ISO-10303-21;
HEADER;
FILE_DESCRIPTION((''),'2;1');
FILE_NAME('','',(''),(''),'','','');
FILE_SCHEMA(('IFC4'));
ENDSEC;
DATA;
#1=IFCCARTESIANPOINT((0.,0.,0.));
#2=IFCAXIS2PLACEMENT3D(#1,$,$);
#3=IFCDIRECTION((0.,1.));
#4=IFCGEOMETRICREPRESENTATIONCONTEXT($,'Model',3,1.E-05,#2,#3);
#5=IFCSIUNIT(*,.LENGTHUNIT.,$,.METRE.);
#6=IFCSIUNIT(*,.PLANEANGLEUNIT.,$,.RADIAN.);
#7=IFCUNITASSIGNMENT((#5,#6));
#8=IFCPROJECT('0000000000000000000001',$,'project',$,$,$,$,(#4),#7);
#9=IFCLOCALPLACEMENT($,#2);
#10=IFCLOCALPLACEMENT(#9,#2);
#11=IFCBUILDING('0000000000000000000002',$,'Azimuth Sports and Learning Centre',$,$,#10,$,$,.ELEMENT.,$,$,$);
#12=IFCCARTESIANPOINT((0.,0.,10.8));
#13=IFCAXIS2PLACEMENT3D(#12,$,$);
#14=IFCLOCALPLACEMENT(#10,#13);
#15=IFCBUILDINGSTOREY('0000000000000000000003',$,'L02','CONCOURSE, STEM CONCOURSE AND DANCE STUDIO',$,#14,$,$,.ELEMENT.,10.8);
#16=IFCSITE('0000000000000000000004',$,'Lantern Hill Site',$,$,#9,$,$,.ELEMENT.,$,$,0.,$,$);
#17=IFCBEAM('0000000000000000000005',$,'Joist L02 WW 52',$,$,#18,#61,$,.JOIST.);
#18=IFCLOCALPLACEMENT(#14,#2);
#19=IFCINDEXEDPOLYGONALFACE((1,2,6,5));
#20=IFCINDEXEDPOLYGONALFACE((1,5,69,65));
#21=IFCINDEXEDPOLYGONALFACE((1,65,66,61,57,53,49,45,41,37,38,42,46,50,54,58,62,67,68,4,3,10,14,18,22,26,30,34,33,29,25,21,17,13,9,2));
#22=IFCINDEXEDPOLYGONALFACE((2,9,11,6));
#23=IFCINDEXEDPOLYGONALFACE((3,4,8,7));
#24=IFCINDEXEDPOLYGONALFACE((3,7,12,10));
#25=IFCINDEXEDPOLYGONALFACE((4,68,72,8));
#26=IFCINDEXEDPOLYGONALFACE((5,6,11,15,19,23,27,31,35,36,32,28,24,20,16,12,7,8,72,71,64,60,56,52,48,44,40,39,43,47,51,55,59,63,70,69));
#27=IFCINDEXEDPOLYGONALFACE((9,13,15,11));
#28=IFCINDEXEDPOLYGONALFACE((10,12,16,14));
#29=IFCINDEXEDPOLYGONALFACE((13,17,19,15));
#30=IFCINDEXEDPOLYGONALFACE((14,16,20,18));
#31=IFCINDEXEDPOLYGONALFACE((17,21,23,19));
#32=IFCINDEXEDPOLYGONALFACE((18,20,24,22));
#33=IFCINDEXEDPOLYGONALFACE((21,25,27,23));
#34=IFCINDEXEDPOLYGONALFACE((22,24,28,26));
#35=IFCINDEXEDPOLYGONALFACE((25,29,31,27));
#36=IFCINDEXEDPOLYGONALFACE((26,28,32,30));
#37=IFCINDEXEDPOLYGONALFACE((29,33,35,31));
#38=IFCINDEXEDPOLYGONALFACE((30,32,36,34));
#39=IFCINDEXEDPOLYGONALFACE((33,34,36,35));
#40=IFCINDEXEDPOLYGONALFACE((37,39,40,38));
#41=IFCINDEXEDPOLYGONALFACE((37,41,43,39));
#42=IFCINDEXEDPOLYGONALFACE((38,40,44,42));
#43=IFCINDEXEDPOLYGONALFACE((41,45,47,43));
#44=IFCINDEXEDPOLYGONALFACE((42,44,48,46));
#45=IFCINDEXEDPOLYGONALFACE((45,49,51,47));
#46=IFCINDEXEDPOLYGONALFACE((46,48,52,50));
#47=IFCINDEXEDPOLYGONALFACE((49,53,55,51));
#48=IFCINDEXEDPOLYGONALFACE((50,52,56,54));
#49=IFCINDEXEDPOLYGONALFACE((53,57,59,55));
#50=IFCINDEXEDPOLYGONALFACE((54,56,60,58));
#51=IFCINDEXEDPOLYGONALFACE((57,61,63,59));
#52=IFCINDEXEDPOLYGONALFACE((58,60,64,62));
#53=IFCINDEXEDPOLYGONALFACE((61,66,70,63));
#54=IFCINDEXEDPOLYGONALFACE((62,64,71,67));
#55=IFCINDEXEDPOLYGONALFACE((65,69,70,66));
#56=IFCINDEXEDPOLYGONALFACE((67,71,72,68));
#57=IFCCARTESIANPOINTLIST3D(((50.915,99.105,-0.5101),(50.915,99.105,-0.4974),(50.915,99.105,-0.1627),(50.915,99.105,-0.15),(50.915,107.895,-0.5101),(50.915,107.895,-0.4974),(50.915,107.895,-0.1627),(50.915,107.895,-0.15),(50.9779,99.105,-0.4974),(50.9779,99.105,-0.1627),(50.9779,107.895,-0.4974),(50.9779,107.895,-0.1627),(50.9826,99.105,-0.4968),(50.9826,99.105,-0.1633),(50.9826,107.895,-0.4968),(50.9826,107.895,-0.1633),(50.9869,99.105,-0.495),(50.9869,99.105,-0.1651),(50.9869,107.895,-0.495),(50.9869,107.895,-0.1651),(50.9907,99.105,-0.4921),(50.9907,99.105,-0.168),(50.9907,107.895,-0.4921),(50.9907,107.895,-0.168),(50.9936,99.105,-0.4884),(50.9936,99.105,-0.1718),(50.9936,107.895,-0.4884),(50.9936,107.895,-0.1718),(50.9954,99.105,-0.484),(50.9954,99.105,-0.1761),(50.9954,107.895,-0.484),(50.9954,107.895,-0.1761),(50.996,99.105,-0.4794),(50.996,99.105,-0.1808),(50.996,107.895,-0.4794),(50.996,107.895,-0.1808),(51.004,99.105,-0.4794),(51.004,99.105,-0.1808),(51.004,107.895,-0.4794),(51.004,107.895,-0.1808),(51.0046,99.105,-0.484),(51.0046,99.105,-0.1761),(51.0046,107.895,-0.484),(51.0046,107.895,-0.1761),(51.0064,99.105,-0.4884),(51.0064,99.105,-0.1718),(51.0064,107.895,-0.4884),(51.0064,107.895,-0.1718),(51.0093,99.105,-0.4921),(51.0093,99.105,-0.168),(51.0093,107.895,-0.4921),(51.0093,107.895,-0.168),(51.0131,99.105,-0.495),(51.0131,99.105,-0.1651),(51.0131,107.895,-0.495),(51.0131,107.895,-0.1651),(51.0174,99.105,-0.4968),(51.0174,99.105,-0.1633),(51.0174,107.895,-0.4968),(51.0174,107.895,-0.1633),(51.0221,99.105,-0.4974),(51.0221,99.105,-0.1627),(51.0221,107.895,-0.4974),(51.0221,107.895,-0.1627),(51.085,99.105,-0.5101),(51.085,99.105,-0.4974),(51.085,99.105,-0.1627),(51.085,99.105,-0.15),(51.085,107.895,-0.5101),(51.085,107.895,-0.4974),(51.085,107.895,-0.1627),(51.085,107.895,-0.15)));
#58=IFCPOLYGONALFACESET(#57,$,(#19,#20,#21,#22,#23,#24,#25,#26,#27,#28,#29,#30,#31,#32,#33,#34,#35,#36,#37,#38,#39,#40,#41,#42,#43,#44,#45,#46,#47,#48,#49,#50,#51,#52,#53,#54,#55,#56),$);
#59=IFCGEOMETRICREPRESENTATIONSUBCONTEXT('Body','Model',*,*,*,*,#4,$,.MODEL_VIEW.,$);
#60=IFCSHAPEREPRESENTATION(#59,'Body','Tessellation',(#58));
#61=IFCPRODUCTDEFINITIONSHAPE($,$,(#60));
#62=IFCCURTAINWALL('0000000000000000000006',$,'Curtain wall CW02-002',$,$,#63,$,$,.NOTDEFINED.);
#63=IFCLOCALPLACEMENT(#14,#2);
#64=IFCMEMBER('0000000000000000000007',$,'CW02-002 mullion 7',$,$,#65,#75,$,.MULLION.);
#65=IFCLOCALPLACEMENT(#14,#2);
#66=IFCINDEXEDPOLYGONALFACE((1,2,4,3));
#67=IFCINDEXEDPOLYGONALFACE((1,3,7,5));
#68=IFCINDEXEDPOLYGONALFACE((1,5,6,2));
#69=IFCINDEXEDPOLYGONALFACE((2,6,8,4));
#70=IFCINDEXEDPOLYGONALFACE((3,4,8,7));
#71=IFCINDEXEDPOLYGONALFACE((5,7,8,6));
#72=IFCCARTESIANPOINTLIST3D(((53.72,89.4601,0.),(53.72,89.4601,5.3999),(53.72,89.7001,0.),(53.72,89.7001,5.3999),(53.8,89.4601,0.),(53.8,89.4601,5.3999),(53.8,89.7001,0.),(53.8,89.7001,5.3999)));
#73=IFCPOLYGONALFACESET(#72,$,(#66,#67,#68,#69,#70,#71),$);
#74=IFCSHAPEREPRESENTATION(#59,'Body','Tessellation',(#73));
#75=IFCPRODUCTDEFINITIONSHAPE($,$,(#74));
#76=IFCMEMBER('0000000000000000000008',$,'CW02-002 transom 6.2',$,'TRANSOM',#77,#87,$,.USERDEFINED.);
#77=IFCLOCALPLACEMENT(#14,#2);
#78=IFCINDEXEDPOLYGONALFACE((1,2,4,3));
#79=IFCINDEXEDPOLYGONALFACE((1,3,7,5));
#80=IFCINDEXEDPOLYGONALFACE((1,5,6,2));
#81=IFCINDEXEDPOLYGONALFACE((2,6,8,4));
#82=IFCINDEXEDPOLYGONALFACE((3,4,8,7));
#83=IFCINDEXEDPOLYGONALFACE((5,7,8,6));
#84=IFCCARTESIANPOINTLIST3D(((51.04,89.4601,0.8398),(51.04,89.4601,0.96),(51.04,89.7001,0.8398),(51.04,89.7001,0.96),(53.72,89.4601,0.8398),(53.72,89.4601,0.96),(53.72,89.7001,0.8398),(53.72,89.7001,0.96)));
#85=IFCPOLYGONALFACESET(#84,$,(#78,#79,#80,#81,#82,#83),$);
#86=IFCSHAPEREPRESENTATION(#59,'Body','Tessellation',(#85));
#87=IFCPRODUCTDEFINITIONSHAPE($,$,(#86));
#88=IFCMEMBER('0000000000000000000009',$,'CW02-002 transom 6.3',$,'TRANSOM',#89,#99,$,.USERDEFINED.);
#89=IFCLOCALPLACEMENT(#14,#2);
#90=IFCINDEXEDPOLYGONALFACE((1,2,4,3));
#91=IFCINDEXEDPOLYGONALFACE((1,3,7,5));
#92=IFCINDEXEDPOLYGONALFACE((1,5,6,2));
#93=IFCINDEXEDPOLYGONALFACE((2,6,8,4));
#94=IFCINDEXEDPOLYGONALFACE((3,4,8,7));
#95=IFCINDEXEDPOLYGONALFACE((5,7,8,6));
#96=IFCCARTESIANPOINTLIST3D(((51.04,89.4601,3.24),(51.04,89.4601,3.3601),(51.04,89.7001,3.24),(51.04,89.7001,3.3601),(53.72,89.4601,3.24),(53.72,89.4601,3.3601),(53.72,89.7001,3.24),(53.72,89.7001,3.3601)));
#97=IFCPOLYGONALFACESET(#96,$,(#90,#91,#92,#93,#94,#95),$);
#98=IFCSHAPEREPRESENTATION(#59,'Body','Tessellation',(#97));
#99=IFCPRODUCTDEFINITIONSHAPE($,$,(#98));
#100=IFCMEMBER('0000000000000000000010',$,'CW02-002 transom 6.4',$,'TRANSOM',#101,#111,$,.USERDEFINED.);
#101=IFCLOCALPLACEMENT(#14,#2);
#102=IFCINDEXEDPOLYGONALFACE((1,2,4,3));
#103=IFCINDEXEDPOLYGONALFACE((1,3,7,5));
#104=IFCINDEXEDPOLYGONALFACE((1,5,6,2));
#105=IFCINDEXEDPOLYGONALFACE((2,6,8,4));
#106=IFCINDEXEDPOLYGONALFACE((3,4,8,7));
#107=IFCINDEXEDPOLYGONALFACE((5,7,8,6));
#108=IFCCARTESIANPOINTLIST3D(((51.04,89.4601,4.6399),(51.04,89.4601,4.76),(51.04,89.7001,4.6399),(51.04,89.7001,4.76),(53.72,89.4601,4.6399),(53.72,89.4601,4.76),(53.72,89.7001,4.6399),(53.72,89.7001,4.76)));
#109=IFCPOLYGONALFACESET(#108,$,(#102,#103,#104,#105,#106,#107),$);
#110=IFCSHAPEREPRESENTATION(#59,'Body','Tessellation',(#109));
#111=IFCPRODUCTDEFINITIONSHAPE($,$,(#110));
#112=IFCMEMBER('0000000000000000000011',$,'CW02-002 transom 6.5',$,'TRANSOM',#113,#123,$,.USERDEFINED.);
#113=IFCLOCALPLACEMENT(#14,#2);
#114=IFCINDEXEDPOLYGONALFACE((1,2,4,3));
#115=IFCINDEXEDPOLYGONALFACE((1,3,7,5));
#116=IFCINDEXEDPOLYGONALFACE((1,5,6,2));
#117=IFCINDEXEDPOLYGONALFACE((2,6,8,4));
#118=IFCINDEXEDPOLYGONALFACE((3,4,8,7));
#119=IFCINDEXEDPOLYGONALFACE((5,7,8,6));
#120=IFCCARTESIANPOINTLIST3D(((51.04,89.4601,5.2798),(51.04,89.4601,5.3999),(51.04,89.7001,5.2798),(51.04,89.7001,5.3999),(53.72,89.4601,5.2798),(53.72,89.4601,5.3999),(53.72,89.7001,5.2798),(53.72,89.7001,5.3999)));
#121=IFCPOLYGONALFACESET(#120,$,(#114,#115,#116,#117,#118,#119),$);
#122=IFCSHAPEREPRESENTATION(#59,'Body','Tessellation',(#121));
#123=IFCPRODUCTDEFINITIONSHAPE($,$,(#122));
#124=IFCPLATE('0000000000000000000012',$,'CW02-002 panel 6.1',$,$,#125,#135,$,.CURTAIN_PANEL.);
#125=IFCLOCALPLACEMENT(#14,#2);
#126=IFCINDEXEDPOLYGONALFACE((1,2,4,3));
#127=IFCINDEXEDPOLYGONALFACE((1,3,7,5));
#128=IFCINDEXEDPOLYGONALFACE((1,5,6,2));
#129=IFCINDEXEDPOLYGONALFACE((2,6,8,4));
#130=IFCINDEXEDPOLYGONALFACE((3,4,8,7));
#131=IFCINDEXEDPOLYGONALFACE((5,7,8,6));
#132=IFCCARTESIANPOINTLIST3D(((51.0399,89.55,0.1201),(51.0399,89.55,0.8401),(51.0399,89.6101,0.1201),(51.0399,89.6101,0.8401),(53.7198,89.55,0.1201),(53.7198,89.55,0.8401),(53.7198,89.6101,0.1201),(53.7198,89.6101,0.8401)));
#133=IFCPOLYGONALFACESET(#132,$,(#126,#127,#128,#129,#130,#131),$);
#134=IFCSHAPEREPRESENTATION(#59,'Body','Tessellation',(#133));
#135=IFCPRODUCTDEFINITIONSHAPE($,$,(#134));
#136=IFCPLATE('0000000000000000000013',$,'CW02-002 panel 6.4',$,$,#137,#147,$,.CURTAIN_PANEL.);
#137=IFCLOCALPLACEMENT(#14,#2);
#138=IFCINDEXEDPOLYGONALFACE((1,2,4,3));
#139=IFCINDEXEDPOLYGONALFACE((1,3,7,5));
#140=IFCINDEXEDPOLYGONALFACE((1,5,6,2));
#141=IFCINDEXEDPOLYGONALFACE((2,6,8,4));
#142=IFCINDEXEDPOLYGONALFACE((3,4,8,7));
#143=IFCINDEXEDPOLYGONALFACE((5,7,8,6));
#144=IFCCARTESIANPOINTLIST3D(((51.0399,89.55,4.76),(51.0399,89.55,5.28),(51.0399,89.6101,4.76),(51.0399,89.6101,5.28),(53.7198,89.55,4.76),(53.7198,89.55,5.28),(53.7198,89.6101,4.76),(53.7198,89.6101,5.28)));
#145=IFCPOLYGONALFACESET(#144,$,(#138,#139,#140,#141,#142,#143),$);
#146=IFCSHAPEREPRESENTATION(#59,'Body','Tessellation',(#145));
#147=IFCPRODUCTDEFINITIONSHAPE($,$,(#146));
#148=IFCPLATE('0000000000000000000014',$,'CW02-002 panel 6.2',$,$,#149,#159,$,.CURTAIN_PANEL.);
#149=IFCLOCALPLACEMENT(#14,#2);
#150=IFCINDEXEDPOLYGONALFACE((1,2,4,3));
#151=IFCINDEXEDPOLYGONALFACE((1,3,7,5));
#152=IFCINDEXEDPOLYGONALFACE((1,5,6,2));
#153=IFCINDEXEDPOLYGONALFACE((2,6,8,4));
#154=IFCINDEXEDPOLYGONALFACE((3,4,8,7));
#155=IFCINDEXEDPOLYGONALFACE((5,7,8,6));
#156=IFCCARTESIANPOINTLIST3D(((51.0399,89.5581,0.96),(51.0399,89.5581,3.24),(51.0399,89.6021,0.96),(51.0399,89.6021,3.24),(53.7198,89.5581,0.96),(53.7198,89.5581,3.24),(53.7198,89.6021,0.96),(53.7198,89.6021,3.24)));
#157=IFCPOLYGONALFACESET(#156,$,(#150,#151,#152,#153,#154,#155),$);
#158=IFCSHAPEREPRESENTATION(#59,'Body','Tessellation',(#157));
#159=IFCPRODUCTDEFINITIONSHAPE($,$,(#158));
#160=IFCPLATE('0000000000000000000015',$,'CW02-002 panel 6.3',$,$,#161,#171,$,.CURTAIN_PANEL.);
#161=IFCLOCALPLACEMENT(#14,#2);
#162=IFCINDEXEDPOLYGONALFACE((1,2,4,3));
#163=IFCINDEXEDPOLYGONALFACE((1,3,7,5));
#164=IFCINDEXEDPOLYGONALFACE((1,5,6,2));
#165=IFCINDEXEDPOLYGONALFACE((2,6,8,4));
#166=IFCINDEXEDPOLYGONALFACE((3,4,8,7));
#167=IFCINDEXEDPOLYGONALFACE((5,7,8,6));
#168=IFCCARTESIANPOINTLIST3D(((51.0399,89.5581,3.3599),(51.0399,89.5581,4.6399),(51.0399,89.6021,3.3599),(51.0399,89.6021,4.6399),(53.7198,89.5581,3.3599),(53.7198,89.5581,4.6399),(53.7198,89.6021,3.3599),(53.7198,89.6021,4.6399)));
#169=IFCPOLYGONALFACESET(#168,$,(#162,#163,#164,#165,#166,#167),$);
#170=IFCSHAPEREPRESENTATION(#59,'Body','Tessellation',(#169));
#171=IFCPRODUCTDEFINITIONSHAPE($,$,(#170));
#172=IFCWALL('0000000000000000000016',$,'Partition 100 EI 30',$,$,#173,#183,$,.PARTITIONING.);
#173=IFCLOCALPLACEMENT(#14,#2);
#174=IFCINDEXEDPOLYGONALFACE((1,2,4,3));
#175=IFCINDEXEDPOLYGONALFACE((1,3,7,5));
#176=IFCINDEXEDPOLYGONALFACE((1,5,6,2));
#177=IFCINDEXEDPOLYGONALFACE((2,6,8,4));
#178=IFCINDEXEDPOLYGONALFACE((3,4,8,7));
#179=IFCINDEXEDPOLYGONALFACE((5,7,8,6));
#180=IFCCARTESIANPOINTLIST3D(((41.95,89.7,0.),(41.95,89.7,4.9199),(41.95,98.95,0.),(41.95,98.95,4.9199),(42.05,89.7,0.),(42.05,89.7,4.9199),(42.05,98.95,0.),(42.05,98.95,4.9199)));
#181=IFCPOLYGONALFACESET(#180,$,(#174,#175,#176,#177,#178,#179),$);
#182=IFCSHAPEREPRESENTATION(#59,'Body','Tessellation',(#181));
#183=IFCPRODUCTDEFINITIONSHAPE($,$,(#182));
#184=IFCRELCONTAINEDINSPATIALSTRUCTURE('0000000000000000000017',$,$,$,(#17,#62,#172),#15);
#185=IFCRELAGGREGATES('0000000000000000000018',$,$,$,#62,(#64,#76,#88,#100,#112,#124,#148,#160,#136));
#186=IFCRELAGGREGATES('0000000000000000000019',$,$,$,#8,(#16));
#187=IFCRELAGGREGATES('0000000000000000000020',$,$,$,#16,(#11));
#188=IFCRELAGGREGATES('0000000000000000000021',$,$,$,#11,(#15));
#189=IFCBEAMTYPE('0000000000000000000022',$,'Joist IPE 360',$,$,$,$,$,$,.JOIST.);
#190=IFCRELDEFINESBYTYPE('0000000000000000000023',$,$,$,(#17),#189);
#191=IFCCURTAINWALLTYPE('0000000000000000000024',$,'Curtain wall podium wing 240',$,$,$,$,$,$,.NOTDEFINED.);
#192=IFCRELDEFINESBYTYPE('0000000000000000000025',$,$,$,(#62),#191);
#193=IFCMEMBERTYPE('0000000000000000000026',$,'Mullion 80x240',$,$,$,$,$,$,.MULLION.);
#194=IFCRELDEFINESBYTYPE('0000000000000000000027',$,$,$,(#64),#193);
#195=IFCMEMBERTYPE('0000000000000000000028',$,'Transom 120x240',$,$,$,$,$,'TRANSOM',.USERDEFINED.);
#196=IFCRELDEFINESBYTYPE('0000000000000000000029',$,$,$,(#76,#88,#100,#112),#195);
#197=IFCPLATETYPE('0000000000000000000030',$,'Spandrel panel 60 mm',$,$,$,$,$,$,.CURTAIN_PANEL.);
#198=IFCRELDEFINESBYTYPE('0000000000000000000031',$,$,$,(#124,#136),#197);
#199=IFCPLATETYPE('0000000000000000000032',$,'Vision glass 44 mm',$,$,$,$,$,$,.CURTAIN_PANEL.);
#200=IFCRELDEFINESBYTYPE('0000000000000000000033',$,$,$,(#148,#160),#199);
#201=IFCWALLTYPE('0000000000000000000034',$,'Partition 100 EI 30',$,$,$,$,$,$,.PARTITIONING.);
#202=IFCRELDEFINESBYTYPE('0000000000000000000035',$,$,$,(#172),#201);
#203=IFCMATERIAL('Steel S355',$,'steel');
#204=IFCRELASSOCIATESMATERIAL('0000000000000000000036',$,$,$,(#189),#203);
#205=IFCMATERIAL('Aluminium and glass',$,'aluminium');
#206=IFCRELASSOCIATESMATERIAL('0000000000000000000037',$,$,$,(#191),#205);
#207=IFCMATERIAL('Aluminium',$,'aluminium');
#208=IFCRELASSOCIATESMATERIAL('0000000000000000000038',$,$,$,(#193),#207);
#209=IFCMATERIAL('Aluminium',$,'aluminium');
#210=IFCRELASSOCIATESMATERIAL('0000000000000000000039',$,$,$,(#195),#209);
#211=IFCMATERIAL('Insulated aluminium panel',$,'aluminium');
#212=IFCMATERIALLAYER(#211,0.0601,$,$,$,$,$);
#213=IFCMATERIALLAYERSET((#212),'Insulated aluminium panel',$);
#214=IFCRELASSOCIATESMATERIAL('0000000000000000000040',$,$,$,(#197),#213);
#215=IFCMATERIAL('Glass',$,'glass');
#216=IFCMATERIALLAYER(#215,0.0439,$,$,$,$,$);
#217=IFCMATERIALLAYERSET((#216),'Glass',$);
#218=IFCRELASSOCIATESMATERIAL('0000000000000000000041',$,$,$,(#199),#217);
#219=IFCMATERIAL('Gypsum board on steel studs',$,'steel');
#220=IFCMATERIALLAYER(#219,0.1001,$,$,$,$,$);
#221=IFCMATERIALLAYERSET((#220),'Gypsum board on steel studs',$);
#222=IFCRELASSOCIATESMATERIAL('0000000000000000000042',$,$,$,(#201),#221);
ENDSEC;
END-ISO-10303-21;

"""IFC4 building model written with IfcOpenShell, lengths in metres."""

from ifc_helpers import new_model, si_unit, direction, frame, frame_2d, origin, origin_2d, place, context, subcontext, project, spatial, rectangle, i_section, extrude, material, layer, layer_set, material_profile, profile_set, type_object, element, aggregate, save


model = new_model("IFC4")

# Units and contexts
model_context = context("Model", 3, precision=1e-05, world=origin(), true_north=direction((0.0, 1.0)))
body_context = subcontext(model_context, "Body", "Model", "MODEL_VIEW")
ifc_project = project(units=[si_unit("LENGTHUNIT", "METRE"), si_unit("PLANEANGLEUNIT", "RADIAN")], contexts=[model_context])

# Site, building, storey
site_placement = place(None, origin())
site = spatial("IfcSite", under=ifc_project, at=site_placement, Name="Lantern Hill Site", CompositionType="ELEMENT", RefElevation=0.0)
building_placement = place(site_placement, origin())
building = spatial("IfcBuilding", under=site, at=building_placement, Name="Azimuth Sports and Learning Centre", CompositionType="ELEMENT")
storey_placement = place(building_placement, frame((0.0, 0.0, 10.8)))
storey = spatial("IfcBuildingStorey", under=building, at=storey_placement, Name="L02", Description="CONCOURSE, STEM CONCOURSE AND DANCE STUDIO", CompositionType="ELEMENT", Elevation=10.8)

# Beam
ifc_material_1 = material(Name="Steel S355", Category="steel")
ifc_material_profile_1 = material_profile(ifc_material_1, i_section(OverallWidth=0.1699, OverallDepth=0.3601, WebThickness=0.0081, FlangeThickness=0.0127, FilletRadius=0.0181, at=origin_2d()), Name="IPE 360")
ifc_profile_set_1 = profile_set([ifc_material_profile_1], Name="Steel S355")
beam_type_1 = type_object("IfcBeamType", Name="Joist IPE 360", PredefinedType="JOIST", material=ifc_profile_set_1)
beam_1_placement = place(storey_placement, frame((51.0, 99.105, -0.3301), z_axis=(0.0, 1.0, 0.0), x_axis=(-1.0, 0.0, 0.0)))
element("IfcBeam", 1, at=beam_1_placement, inside=storey, type_object=beam_type_1, Name="Joist L02 WW 52", PredefinedType="JOIST", context=body_context, shape_type="SweptSolid", body=[
    extrude(i_section(OverallWidth=0.1699, OverallDepth=0.3601, WebThickness=0.0081, FlangeThickness=0.0127, FilletRadius=0.0181, at=origin_2d()), origin(), (0.0, 0.0, 1.0), 8.79),
])

# Curtain wall, members, plates
ifc_material_2 = material(Name="Aluminium and glass", Category="aluminium")
curtain_wall_type = type_object("IfcCurtainWallType", Name="Curtain wall podium wing 240", PredefinedType="NOTDEFINED", material=ifc_material_2)
curtain_wall_placement = place(storey_placement, origin())
curtain_wall = element("IfcCurtainWall", 2, at=curtain_wall_placement, inside=storey, type_object=curtain_wall_type, Name="Curtain wall CW02-002", PredefinedType="NOTDEFINED")
ifc_material_3 = material(Name="Aluminium", Category="aluminium")
ifc_material_profile_2 = material_profile(ifc_material_3, rectangle(XDim=0.24, YDim=0.0801, at=origin_2d()), Name="Mullion 80x240")
ifc_profile_set_2 = profile_set([ifc_material_profile_2], Name="Aluminium")
member_type_1 = type_object("IfcMemberType", Name="Mullion 80x240", PredefinedType="MULLION", material=ifc_profile_set_2)
member_1_placement = place(storey_placement, frame((53.76, 89.5801, 0.0), z_axis=(0.0, 0.0, 1.0), x_axis=(0.0, 1.0, 0.0)))
member_1 = element("IfcMember", 3, at=member_1_placement, type_object=member_type_1, Name="CW02-002 mullion 7", PredefinedType="MULLION", context=body_context, shape_type="SweptSolid", body=[
    extrude(rectangle(XDim=0.24, YDim=0.0801, at=origin_2d()), origin(), (0.0, 0.0, 1.0), 5.3999),
])
ifc_material_4 = material(Name="Aluminium", Category="aluminium")
ifc_material_profile_3 = material_profile(ifc_material_4, rectangle(XDim=0.24, YDim=0.1201, at=origin_2d()), Name="Transom 120x240")
ifc_profile_set_3 = profile_set([ifc_material_profile_3], Name="Aluminium")
member_type_2 = type_object("IfcMemberType", Name="Transom 120x240", ElementType="TRANSOM", PredefinedType="USERDEFINED", material=ifc_profile_set_3)
member_2_placement = place(storey_placement, frame((51.04, 89.5801, 0.8999), z_axis=(1.0, 0.0, 0.0), x_axis=(0.0, 1.0, 0.0)))
member_2 = element("IfcMember", 4, at=member_2_placement, type_object=member_type_2, Name="CW02-002 transom 6.2", ObjectType="TRANSOM", PredefinedType="USERDEFINED", context=body_context, shape_type="SweptSolid", body=[
    extrude(rectangle(XDim=0.24, YDim=0.1201, at=origin_2d()), origin(), (0.0, 0.0, 1.0), 2.6799),
])
member_3_placement = place(storey_placement, frame((51.04, 89.5801, 3.3), z_axis=(1.0, 0.0, 0.0), x_axis=(0.0, 1.0, 0.0)))
member_3 = element("IfcMember", 5, at=member_3_placement, type_object=member_type_2, Name="CW02-002 transom 6.3", ObjectType="TRANSOM", PredefinedType="USERDEFINED", context=body_context, shape_type="SweptSolid", body=[
    extrude(rectangle(XDim=0.24, YDim=0.1201, at=origin_2d()), origin(), (0.0, 0.0, 1.0), 2.6799),
])
member_4_placement = place(storey_placement, frame((51.04, 89.5801, 4.7), z_axis=(1.0, 0.0, 0.0), x_axis=(0.0, 1.0, 0.0)))
member_4 = element("IfcMember", 6, at=member_4_placement, type_object=member_type_2, Name="CW02-002 transom 6.4", ObjectType="TRANSOM", PredefinedType="USERDEFINED", context=body_context, shape_type="SweptSolid", body=[
    extrude(rectangle(XDim=0.24, YDim=0.1201, at=origin_2d()), origin(), (0.0, 0.0, 1.0), 2.6799),
])
member_5_placement = place(storey_placement, frame((51.04, 89.5801, 5.3398), z_axis=(1.0, 0.0, 0.0), x_axis=(0.0, 1.0, 0.0)))
member_5 = element("IfcMember", 7, at=member_5_placement, type_object=member_type_2, Name="CW02-002 transom 6.5", ObjectType="TRANSOM", PredefinedType="USERDEFINED", context=body_context, shape_type="SweptSolid", body=[
    extrude(rectangle(XDim=0.24, YDim=0.1201, at=origin_2d()), origin(), (0.0, 0.0, 1.0), 2.6799),
])
ifc_material_5 = material(Name="Insulated aluminium panel", Category="aluminium")
ifc_layer_1 = layer(ifc_material_5, 0.0601)
ifc_layer_set_1 = layer_set([ifc_layer_1], Name="Insulated aluminium panel")
plate_type_1 = type_object("IfcPlateType", Name="Spandrel panel 60 mm", PredefinedType="CURTAIN_PANEL", material=ifc_layer_set_1)
plate_1_placement = place(storey_placement, frame((52.3799, 89.5801, 0.1201), z_axis=(0.0, 0.0, 1.0), x_axis=(1.0, 0.0, 0.0)))
plate_1 = element("IfcPlate", 8, at=plate_1_placement, type_object=plate_type_1, Name="CW02-002 panel 6.1", PredefinedType="CURTAIN_PANEL", context=body_context, shape_type="SweptSolid", body=[
    extrude(rectangle(XDim=2.6799, YDim=0.0601, at=origin_2d()), origin(), (0.0, 0.0, 1.0), 0.72),
])
plate_2_placement = place(storey_placement, frame((52.3799, 89.5801, 4.76), z_axis=(0.0, 0.0, 1.0), x_axis=(1.0, 0.0, 0.0)))
plate_2 = element("IfcPlate", 9, at=plate_2_placement, type_object=plate_type_1, Name="CW02-002 panel 6.4", PredefinedType="CURTAIN_PANEL", context=body_context, shape_type="SweptSolid", body=[
    extrude(rectangle(XDim=2.6799, YDim=0.0601, at=origin_2d()), origin(), (0.0, 0.0, 1.0), 0.52),
])
ifc_material_6 = material(Name="Glass", Category="glass")
ifc_layer_2 = layer(ifc_material_6, 0.0439)
ifc_layer_set_2 = layer_set([ifc_layer_2], Name="Glass")
plate_type_2 = type_object("IfcPlateType", Name="Vision glass 44 mm", PredefinedType="CURTAIN_PANEL", material=ifc_layer_set_2)
plate_3_placement = place(storey_placement, frame((52.3799, 89.5801, 0.96), z_axis=(0.0, 0.0, 1.0), x_axis=(1.0, 0.0, 0.0)))
plate_3 = element("IfcPlate", 10, at=plate_3_placement, type_object=plate_type_2, Name="CW02-002 panel 6.2", PredefinedType="CURTAIN_PANEL", context=body_context, shape_type="SweptSolid", body=[
    extrude(rectangle(XDim=2.6799, YDim=0.0439, at=origin_2d()), origin(), (0.0, 0.0, 1.0), 2.28),
])
plate_4_placement = place(storey_placement, frame((52.3799, 89.5801, 3.3599), z_axis=(0.0, 0.0, 1.0), x_axis=(1.0, 0.0, 0.0)))
plate_4 = element("IfcPlate", 11, at=plate_4_placement, type_object=plate_type_2, Name="CW02-002 panel 6.3", PredefinedType="CURTAIN_PANEL", context=body_context, shape_type="SweptSolid", body=[
    extrude(rectangle(XDim=2.6799, YDim=0.0439, at=origin_2d()), origin(), (0.0, 0.0, 1.0), 1.28),
])
aggregate(curtain_wall, [member_1, member_2, member_3, member_4, member_5, plate_1, plate_3, plate_4, plate_2])

# Wall
ifc_material_7 = material(Name="Gypsum board on steel studs", Category="steel")
ifc_layer_3 = layer(ifc_material_7, 0.1001)
ifc_layer_set_3 = layer_set([ifc_layer_3], Name="Gypsum board on steel studs")
wall_type_1 = type_object("IfcWallType", Name="Partition 100 EI 30", PredefinedType="PARTITIONING", material=ifc_layer_set_3)
wall_1_placement = place(storey_placement, frame((42.0, 89.7, 0.0), z_axis=(0.0, 0.0, 1.0), x_axis=(0.0, 1.0, 0.0)))
element("IfcWall", 12, at=wall_1_placement, inside=storey, type_object=wall_type_1, Name="Partition 100 EI 30", PredefinedType="PARTITIONING", context=body_context, shape_type="SweptSolid", body=[
    extrude(rectangle(XDim=9.25, YDim=0.1001, at=frame_2d((4.625, 0.0))), origin(), (0.0, 0.0, 1.0), 4.9199),
])

save(model, "model.ifc")
